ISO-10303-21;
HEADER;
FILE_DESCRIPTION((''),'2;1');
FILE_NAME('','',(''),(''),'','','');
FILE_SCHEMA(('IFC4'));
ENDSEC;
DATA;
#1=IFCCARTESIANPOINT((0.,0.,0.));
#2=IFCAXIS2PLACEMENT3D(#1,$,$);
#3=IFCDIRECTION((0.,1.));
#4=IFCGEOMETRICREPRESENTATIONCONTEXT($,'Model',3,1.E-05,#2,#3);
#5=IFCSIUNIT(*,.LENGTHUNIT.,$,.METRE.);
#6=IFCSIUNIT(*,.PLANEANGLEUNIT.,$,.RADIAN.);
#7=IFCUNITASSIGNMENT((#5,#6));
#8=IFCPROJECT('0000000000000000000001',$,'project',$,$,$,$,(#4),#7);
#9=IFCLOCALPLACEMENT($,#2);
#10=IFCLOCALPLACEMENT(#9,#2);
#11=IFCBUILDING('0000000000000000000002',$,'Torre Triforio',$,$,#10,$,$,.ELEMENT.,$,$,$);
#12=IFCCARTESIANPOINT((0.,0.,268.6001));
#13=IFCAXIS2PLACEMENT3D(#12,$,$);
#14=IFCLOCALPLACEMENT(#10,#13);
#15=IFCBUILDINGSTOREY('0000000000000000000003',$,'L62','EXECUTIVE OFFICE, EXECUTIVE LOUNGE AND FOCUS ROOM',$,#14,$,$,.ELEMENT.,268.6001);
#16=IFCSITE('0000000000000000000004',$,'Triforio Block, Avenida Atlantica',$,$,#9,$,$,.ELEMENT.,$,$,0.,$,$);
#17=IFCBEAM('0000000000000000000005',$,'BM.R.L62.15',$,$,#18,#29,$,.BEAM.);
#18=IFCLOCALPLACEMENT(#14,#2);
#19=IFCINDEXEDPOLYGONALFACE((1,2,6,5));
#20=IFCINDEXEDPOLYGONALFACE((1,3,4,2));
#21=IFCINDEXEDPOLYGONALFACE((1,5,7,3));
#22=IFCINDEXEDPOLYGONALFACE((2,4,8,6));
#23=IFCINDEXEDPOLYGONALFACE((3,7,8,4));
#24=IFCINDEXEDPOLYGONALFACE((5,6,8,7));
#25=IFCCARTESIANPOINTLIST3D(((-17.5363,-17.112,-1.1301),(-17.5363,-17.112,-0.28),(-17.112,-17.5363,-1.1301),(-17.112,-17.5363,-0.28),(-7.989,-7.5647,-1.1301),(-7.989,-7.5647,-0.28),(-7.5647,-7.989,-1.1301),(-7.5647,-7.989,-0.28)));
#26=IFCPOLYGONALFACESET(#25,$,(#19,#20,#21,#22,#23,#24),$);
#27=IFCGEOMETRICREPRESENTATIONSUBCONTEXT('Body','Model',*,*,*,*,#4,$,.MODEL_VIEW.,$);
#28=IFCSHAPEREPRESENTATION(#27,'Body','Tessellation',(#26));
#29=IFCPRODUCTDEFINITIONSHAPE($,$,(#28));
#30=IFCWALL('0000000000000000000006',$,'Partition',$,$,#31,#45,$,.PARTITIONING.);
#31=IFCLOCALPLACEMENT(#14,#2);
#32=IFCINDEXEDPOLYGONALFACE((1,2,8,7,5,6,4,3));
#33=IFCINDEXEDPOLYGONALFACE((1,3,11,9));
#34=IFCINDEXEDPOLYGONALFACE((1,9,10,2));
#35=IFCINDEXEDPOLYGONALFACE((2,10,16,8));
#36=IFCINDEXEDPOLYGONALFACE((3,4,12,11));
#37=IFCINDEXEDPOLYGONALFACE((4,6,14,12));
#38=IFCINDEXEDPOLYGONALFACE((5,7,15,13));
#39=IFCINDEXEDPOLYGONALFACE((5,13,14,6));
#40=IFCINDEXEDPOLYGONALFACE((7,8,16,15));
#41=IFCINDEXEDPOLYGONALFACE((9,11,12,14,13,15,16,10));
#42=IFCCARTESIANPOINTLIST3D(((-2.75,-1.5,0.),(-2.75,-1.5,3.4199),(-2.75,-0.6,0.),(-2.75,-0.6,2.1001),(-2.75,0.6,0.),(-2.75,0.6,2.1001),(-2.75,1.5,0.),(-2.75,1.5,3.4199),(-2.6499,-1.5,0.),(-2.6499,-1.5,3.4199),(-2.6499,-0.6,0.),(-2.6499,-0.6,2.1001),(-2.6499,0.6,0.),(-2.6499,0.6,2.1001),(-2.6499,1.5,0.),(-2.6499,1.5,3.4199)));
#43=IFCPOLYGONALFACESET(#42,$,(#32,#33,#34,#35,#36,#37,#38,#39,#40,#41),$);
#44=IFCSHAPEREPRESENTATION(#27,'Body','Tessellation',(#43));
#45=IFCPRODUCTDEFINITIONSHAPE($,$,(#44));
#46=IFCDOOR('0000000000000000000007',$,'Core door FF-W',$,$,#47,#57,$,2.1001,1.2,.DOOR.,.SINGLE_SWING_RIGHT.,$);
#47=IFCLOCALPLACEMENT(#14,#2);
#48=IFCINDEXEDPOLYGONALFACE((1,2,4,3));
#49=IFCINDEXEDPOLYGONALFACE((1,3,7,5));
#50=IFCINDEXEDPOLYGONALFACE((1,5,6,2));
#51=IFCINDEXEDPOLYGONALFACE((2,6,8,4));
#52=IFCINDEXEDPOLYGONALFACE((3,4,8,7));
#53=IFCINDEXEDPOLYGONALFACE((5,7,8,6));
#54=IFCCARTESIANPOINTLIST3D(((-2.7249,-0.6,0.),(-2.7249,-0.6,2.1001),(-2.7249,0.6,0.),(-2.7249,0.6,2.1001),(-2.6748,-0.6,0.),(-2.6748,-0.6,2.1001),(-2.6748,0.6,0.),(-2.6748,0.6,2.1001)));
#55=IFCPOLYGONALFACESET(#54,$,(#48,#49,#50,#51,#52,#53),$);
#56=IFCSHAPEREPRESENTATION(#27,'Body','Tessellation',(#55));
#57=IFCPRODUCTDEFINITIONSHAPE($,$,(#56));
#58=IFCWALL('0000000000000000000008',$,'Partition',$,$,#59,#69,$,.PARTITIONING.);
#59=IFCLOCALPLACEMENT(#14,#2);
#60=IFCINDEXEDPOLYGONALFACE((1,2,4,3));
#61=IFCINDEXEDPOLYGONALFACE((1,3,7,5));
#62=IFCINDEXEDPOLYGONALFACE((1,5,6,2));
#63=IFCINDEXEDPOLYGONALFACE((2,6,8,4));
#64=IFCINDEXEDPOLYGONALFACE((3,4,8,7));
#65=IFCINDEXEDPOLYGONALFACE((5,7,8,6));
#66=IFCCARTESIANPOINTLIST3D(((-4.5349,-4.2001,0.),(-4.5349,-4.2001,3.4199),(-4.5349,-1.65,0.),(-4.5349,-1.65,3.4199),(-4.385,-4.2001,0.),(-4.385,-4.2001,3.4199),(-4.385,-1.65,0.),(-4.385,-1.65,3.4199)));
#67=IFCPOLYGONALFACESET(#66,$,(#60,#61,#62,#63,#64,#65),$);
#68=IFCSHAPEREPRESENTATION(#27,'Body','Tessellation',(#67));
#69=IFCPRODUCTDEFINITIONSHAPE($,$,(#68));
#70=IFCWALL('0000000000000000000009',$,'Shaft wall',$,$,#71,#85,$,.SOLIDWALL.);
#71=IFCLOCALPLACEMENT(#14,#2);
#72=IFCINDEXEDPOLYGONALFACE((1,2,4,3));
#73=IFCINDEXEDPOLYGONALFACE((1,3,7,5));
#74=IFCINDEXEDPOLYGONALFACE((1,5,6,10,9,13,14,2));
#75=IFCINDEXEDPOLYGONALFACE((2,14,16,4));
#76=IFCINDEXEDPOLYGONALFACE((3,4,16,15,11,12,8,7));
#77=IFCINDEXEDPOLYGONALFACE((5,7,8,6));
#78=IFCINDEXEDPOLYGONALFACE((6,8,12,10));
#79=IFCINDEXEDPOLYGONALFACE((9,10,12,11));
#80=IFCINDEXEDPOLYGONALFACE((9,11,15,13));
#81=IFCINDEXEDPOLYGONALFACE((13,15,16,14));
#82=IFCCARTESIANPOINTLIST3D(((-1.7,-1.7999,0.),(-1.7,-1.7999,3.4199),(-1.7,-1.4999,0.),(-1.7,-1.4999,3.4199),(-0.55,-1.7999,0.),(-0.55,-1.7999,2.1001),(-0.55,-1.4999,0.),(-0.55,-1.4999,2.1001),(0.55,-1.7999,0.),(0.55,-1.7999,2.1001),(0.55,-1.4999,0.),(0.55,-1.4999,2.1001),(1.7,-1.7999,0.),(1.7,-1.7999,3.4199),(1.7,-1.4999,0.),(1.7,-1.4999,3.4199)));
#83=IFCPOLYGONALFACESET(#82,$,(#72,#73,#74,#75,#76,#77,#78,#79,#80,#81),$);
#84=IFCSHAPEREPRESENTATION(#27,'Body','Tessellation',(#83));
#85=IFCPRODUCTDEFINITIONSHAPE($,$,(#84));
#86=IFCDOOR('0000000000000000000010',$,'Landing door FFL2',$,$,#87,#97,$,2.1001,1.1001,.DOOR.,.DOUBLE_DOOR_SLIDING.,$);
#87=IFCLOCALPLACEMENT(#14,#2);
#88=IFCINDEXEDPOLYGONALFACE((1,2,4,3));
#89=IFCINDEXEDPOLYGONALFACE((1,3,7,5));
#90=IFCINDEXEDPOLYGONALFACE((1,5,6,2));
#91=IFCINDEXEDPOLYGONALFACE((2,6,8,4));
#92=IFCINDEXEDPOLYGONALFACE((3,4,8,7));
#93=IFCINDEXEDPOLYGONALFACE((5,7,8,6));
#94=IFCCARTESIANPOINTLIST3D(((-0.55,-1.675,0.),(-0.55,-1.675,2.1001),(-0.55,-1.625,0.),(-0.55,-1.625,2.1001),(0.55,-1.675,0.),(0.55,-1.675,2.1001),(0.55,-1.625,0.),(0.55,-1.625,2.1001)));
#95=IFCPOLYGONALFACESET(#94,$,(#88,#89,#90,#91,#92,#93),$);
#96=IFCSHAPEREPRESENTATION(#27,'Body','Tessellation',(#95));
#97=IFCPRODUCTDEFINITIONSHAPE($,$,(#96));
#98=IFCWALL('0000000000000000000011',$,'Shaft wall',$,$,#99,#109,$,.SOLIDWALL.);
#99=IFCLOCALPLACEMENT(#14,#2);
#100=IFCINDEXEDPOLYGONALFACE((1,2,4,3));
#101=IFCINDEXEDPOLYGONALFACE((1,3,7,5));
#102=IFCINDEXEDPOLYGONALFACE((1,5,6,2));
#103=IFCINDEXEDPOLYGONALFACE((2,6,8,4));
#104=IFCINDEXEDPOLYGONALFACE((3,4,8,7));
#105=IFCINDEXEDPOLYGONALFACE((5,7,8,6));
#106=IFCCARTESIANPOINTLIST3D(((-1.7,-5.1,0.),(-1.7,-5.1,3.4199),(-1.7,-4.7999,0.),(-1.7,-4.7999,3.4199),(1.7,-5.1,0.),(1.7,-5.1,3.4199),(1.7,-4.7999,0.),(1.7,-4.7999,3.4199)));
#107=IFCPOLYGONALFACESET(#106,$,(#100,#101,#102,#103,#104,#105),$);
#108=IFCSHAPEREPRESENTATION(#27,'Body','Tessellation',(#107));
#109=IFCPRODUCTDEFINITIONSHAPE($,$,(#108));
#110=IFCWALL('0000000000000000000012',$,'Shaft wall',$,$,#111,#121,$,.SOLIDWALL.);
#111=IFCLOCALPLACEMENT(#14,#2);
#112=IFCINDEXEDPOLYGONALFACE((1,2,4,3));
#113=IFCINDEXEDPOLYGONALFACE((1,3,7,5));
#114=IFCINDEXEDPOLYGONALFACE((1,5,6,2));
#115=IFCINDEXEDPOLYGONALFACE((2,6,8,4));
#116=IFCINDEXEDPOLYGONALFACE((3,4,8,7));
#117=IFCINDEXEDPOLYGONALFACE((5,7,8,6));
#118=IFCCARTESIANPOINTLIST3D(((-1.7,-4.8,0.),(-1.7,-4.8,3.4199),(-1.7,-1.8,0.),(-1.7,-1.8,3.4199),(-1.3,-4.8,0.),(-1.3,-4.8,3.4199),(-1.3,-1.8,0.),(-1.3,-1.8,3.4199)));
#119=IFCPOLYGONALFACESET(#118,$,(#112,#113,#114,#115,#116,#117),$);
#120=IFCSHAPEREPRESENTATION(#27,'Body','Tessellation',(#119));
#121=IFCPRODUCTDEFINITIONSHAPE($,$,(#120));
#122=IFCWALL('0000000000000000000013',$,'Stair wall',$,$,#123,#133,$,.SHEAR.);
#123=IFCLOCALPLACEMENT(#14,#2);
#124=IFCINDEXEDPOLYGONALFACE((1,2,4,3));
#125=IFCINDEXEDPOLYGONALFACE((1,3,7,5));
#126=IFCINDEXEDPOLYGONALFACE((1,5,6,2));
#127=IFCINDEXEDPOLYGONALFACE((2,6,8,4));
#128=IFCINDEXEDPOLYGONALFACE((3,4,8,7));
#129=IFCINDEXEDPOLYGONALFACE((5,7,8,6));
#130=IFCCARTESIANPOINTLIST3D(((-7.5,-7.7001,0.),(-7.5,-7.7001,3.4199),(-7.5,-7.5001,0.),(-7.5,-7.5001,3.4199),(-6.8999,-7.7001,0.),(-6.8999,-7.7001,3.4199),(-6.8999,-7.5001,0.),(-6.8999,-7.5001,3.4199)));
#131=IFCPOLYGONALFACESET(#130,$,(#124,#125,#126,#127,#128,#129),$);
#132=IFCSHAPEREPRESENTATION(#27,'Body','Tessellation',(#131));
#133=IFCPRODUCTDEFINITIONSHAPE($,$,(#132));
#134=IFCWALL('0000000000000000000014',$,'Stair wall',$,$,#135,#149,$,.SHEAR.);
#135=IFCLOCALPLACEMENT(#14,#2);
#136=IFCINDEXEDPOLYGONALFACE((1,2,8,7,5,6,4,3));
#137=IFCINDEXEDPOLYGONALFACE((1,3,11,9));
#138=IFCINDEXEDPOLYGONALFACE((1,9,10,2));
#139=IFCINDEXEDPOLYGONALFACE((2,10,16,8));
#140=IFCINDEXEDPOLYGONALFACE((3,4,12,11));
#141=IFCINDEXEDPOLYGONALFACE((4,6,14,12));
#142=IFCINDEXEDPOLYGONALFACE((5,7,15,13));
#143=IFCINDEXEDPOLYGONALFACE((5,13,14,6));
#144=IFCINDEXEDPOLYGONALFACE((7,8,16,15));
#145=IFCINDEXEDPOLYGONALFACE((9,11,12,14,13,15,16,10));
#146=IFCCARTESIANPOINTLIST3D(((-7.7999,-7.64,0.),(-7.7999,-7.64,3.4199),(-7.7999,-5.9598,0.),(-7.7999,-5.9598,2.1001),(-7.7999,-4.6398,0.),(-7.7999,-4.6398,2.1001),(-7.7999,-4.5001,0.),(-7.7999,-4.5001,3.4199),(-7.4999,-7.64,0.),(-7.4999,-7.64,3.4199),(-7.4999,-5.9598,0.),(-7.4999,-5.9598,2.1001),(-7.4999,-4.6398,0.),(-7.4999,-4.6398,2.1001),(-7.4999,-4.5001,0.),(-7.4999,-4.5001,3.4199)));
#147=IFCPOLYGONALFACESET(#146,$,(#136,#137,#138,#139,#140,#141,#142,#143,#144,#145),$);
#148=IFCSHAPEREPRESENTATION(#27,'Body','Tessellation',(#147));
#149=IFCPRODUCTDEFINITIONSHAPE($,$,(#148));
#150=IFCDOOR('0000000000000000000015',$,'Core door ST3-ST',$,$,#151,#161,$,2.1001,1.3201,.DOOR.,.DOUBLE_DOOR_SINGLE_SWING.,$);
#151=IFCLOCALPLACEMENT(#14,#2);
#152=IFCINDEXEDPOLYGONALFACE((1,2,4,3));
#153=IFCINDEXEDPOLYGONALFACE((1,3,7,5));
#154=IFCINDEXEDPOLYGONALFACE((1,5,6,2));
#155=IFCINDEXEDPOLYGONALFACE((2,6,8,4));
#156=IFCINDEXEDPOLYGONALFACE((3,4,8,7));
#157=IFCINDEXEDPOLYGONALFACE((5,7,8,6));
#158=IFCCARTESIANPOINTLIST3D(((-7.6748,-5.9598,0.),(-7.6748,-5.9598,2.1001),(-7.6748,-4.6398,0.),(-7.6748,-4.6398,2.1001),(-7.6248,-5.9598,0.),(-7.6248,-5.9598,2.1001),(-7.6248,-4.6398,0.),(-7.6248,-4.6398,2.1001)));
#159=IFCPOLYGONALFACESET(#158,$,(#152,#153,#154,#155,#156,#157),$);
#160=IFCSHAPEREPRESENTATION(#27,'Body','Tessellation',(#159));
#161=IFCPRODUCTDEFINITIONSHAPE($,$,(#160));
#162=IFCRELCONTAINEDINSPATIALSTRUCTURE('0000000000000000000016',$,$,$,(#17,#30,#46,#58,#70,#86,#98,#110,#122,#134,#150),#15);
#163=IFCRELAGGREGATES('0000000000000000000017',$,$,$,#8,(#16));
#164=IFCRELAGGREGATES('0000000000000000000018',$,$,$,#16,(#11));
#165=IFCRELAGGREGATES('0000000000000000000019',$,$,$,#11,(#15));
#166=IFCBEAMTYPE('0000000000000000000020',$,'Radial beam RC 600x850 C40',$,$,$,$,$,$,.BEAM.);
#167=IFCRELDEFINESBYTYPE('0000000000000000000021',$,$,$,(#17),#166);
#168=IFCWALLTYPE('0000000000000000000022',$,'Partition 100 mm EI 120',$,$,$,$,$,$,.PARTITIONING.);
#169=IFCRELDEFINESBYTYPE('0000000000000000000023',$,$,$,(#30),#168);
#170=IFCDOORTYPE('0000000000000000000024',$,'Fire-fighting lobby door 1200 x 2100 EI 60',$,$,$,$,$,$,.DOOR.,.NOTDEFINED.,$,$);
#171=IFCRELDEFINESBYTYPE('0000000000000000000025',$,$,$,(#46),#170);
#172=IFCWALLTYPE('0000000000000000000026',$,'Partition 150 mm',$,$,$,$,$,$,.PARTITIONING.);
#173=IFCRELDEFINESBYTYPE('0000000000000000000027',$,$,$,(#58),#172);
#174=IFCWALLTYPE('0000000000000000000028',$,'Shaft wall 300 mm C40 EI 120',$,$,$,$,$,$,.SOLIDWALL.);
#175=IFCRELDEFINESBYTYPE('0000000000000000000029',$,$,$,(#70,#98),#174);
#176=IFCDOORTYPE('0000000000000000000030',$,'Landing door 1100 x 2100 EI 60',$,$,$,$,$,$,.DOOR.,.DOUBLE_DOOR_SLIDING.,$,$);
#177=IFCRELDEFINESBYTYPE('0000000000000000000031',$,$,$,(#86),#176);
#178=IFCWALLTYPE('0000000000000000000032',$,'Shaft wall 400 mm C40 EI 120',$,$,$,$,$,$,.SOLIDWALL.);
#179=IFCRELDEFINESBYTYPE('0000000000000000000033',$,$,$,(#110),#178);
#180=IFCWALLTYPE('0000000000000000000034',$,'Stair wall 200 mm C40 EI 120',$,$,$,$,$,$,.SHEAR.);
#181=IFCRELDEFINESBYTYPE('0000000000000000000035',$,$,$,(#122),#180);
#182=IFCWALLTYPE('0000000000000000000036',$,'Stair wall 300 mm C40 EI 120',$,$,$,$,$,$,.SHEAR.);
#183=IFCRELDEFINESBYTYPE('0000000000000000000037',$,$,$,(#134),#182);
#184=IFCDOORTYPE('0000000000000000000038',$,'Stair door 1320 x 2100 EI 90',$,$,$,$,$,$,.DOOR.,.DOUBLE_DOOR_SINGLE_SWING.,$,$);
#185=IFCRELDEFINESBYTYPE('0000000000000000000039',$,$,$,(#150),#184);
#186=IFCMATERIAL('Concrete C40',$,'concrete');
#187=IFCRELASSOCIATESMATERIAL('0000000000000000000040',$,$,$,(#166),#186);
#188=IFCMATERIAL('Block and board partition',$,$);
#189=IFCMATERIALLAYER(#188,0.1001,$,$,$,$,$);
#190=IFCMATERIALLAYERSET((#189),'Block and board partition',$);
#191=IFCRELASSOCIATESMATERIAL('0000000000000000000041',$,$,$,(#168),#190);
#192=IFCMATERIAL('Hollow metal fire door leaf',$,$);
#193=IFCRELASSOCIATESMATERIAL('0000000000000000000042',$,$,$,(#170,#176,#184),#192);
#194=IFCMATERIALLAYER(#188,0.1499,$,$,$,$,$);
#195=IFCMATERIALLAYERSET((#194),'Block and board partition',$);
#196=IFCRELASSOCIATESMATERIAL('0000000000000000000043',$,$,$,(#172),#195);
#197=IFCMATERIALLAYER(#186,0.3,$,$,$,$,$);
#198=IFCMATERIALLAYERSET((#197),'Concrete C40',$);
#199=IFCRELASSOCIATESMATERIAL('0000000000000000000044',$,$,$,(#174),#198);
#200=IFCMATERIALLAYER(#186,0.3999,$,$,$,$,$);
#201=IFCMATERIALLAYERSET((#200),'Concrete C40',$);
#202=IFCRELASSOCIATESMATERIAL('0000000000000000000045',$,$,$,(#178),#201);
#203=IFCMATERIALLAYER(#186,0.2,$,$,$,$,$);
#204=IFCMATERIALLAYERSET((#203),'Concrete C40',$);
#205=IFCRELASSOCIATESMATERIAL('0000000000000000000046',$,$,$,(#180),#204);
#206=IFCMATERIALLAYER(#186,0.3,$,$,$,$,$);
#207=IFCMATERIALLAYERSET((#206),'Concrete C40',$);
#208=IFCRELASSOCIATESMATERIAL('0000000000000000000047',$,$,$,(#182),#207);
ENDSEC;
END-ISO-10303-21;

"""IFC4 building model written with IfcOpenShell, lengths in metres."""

from ifc_helpers import new_model, si_unit, direction, frame, frame_2d, origin, origin_2d, place, context, subcontext, project, spatial, rectangle, extrude, material, layer, layer_set, material_profile, profile_set, type_object, element, fill, save


model = new_model("IFC4")

# Units and contexts
model_context = context("Model", 3, precision=1e-05, world=origin(), true_north=direction((0.0, 1.0)))
body_context = subcontext(model_context, "Body", "Model", "MODEL_VIEW")
ifc_project = project(units=[si_unit("LENGTHUNIT", "METRE"), si_unit("PLANEANGLEUNIT", "RADIAN")], contexts=[model_context])

# Site, building, storey
site_placement = place(None, origin())
site = spatial("IfcSite", under=ifc_project, at=site_placement, Name="Triforio Block, Avenida Atlantica", CompositionType="ELEMENT", RefElevation=0.0)
building_placement = place(site_placement, origin())
building = spatial("IfcBuilding", under=site, at=building_placement, Name="Torre Triforio", CompositionType="ELEMENT")
storey_placement = place(building_placement, frame((0.0, 0.0, 268.6001)))
storey = spatial("IfcBuildingStorey", under=building, at=storey_placement, Name="L62", Description="EXECUTIVE OFFICE, EXECUTIVE LOUNGE AND FOCUS ROOM", CompositionType="ELEMENT", Elevation=268.6001)

# Beam
ifc_material_1 = material(Name="Concrete C40", Category="concrete")
ifc_material_profile = material_profile(ifc_material_1, rectangle(XDim=0.6001, YDim=0.8501, at=origin_2d()), Name="RC 600x850")
ifc_profile_set = profile_set([ifc_material_profile], Name="Concrete C40")
beam_type = type_object("IfcBeamType", Name="Radial beam RC 600x850 C40", PredefinedType="BEAM", material=ifc_profile_set)
beam_placement = place(storey_placement, frame((-7.7769, -7.7769, -0.7051), z_axis=(-0.707107, -0.707107, 0.0), x_axis=(0.707107, -0.707107, 0.0)))
element("IfcBeam", 1, at=beam_placement, inside=storey, type_object=beam_type, Name="BM.R.L62.15", PredefinedType="BEAM", context=body_context, shape_type="SweptSolid", body=[
    extrude(rectangle(XDim=0.6001, YDim=0.8501, at=origin_2d()), origin(), (0.0, 0.0, 1.0), 13.502),
])

# Wall, opening, door
ifc_material_2 = material(Name="Block and board partition")
ifc_layer_1 = layer(ifc_material_2, 0.1001)
ifc_layer_set_1 = layer_set([ifc_layer_1], Name="Block and board partition")
wall_type_1 = type_object("IfcWallType", Name="Partition 100 mm EI 120", PredefinedType="PARTITIONING", material=ifc_layer_set_1)
wall_1_placement = place(storey_placement, frame((-2.7, -1.5, 0.0), z_axis=(0.0, 0.0, 1.0), x_axis=(0.0, 1.0, 0.0)))
wall_1 = element("IfcWall", 2, at=wall_1_placement, inside=storey, type_object=wall_type_1, Name="Partition", PredefinedType="PARTITIONING", context=body_context, shape_type="SweptSolid", body=[
    extrude(rectangle(XDim=3.0, YDim=0.1001, at=frame_2d((1.5, 0.0))), origin(), (0.0, 0.0, 1.0), 3.4199),
])
opening_1_placement = place(wall_1_placement, frame((0.8999, 0.0, 0.0)))
opening_1 = element("IfcOpeningElement", 3, at=opening_1_placement, cuts=wall_1, PredefinedType="OPENING", context=body_context, shape_type="SweptSolid", body=[
    extrude(rectangle(XDim=1.2, YDim=2.1001, at=frame_2d((0.6001, 1.05))), frame((0.0, 0.0601, 0.0), z_axis=(0.0, -1.0, 0.0), x_axis=(1.0, 0.0, 0.0)), (0.0, 0.0, 1.0), 0.1201),
])
ifc_material_3 = material(Name="Hollow metal fire door leaf")
door_type_1 = type_object("IfcDoorType", Name="Fire-fighting lobby door 1200 x 2100 EI 60", OperationType="NOTDEFINED", PredefinedType="DOOR", material=ifc_material_3)
door_1_placement = place(opening_1_placement, origin())
door_1 = element("IfcDoor", 4, at=door_1_placement, inside=storey, type_object=door_type_1, Name="Core door FF-W", OperationType="SINGLE_SWING_RIGHT", OverallHeight=2.1001, OverallWidth=1.2, PredefinedType="DOOR", context=body_context, shape_type="SweptSolid", body=[
    extrude(rectangle(XDim=1.2, YDim=2.1001, at=frame_2d((0.6001, 1.05))), frame((0.0, 0.0249, 0.0), z_axis=(0.0, -1.0, 0.0), x_axis=(1.0, 0.0, 0.0)), (0.0, 0.0, 1.0), 0.05),
])
fill(opening_1, door_1)

# Wall
ifc_layer_2 = layer(ifc_material_2, 0.1499)
ifc_layer_set_2 = layer_set([ifc_layer_2], Name="Block and board partition")
wall_type_2 = type_object("IfcWallType", Name="Partition 150 mm", PredefinedType="PARTITIONING", material=ifc_layer_set_2)
wall_2_placement = place(storey_placement, frame((-4.46, -4.2, 0.0), z_axis=(0.0, 0.0, 1.0), x_axis=(0.0, 1.0, 0.0)))
element("IfcWall", 5, at=wall_2_placement, inside=storey, type_object=wall_type_2, Name="Partition", PredefinedType="PARTITIONING", context=body_context, shape_type="SweptSolid", body=[
    extrude(rectangle(XDim=2.55, YDim=0.1499, at=frame_2d((1.2749, 0.0))), origin(), (0.0, 0.0, 1.0), 3.4199),
])

# Wall, opening, door
ifc_layer_3 = layer(ifc_material_1, 0.3)
ifc_layer_set_3 = layer_set([ifc_layer_3], Name="Concrete C40")
wall_type_3 = type_object("IfcWallType", Name="Shaft wall 300 mm C40 EI 120", PredefinedType="SOLIDWALL", material=ifc_layer_set_3)
wall_3_placement = place(storey_placement, frame((-1.7, -1.6499, 0.0), z_axis=(0.0, 0.0, 1.0), x_axis=(1.0, 0.0, 0.0)))
wall_3 = element("IfcWall", 6, at=wall_3_placement, inside=storey, type_object=wall_type_3, Name="Shaft wall", PredefinedType="SOLIDWALL", context=body_context, shape_type="SweptSolid", body=[
    extrude(rectangle(XDim=3.3999, YDim=0.3, at=frame_2d((1.7, 0.0))), origin(), (0.0, 0.0, 1.0), 3.4199),
])
opening_2_placement = place(wall_3_placement, frame((1.1499, 0.0, 0.0)))
opening_2 = element("IfcOpeningElement", 7, at=opening_2_placement, cuts=wall_3, PredefinedType="OPENING", context=body_context, shape_type="SweptSolid", body=[
    extrude(rectangle(XDim=1.1001, YDim=2.1001, at=frame_2d((0.55, 1.05))), frame((0.0, 0.1599, 0.0), z_axis=(0.0, -1.0, 0.0), x_axis=(1.0, 0.0, 0.0)), (0.0, 0.0, 1.0), 0.3201),
])
door_type_2 = type_object("IfcDoorType", Name="Landing door 1100 x 2100 EI 60", OperationType="DOUBLE_DOOR_SLIDING", PredefinedType="DOOR", material=ifc_material_3)
door_2_placement = place(opening_2_placement, origin())
door_2 = element("IfcDoor", 8, at=door_2_placement, inside=storey, type_object=door_type_2, Name="Landing door FFL2", OperationType="DOUBLE_DOOR_SLIDING", OverallHeight=2.1001, OverallWidth=1.1001, PredefinedType="DOOR", context=body_context, shape_type="SweptSolid", body=[
    extrude(rectangle(XDim=1.1001, YDim=2.1001, at=frame_2d((0.55, 1.05))), frame((0.0, 0.0249, 0.0), z_axis=(0.0, -1.0, 0.0), x_axis=(1.0, 0.0, 0.0)), (0.0, 0.0, 1.0), 0.05),
])
fill(opening_2, door_2)

# Walls
wall_4_placement = place(storey_placement, frame((-1.7, -4.95, 0.0), z_axis=(0.0, 0.0, 1.0), x_axis=(1.0, 0.0, 0.0)))
element("IfcWall", 9, at=wall_4_placement, inside=storey, type_object=wall_type_3, Name="Shaft wall", PredefinedType="SOLIDWALL", context=body_context, shape_type="SweptSolid", body=[
    extrude(rectangle(XDim=3.3999, YDim=0.3, at=frame_2d((1.7, 0.0))), origin(), (0.0, 0.0, 1.0), 3.4199),
])
ifc_layer_4 = layer(ifc_material_1, 0.3999)
ifc_layer_set_4 = layer_set([ifc_layer_4], Name="Concrete C40")
wall_type_4 = type_object("IfcWallType", Name="Shaft wall 400 mm C40 EI 120", PredefinedType="SOLIDWALL", material=ifc_layer_set_4)
wall_5_placement = place(storey_placement, frame((-1.5, -4.8, 0.0), z_axis=(0.0, 0.0, 1.0), x_axis=(0.0, 1.0, 0.0)))
element("IfcWall", 10, at=wall_5_placement, inside=storey, type_object=wall_type_4, Name="Shaft wall", PredefinedType="SOLIDWALL", context=body_context, shape_type="SweptSolid", body=[
    extrude(rectangle(XDim=3.0, YDim=0.3999, at=frame_2d((1.5, 0.0))), origin(), (0.0, 0.0, 1.0), 3.4199),
])
ifc_layer_5 = layer(ifc_material_1, 0.2)
ifc_layer_set_5 = layer_set([ifc_layer_5], Name="Concrete C40")
wall_type_5 = type_object("IfcWallType", Name="Stair wall 200 mm C40 EI 120", PredefinedType="SHEAR", material=ifc_layer_set_5)
wall_6_placement = place(storey_placement, frame((-7.5, -7.6001, 0.0), z_axis=(0.0, 0.0, 1.0), x_axis=(1.0, 0.0, 0.0)))
element("IfcWall", 11, at=wall_6_placement, inside=storey, type_object=wall_type_5, Name="Stair wall", PredefinedType="SHEAR", context=body_context, shape_type="SweptSolid", body=[
    extrude(rectangle(XDim=0.6001, YDim=0.2, at=frame_2d((0.3, 0.0))), origin(), (0.0, 0.0, 1.0), 3.4199),
])

# Wall, opening, door
ifc_layer_6 = layer(ifc_material_1, 0.3)
ifc_layer_set_6 = layer_set([ifc_layer_6], Name="Concrete C40")
wall_type_6 = type_object("IfcWallType", Name="Stair wall 300 mm C40 EI 120", PredefinedType="SHEAR", material=ifc_layer_set_6)
wall_7_placement = place(storey_placement, frame((-7.6499, -7.6399, 0.0), z_axis=(0.0, 0.0, 1.0), x_axis=(0.0, 1.0, 0.0)))
wall_7 = element("IfcWall", 12, at=wall_7_placement, inside=storey, type_object=wall_type_6, Name="Stair wall", PredefinedType="SHEAR", context=body_context, shape_type="SweptSolid", body=[
    extrude(rectangle(XDim=3.1399, YDim=0.3, at=frame_2d((1.5698, 0.0))), origin(), (0.0, 0.0, 1.0), 3.4199),
])
opening_3_placement = place(wall_7_placement, frame((1.6799, 0.0, 0.0)))
opening_3 = element("IfcOpeningElement", 13, at=opening_3_placement, cuts=wall_7, PredefinedType="OPENING", context=body_context, shape_type="SweptSolid", body=[
    extrude(rectangle(XDim=1.3201, YDim=2.1001, at=frame_2d((0.6602, 1.05))), frame((0.0, 0.1599, 0.0), z_axis=(0.0, -1.0, 0.0), x_axis=(1.0, 0.0, 0.0)), (0.0, 0.0, 1.0), 0.3201),
])
door_type_3 = type_object("IfcDoorType", Name="Stair door 1320 x 2100 EI 90", OperationType="DOUBLE_DOOR_SINGLE_SWING", PredefinedType="DOOR", material=ifc_material_3)
door_3_placement = place(opening_3_placement, origin())
door_3 = element("IfcDoor", 14, at=door_3_placement, inside=storey, type_object=door_type_3, Name="Core door ST3-ST", OperationType="DOUBLE_DOOR_SINGLE_SWING", OverallHeight=2.1001, OverallWidth=1.3201, PredefinedType="DOOR", context=body_context, shape_type="SweptSolid", body=[
    extrude(rectangle(XDim=1.3201, YDim=2.1001, at=frame_2d((0.6602, 1.05))), frame((0.0, 0.0249, 0.0), z_axis=(0.0, -1.0, 0.0), x_axis=(1.0, 0.0, 0.0)), (0.0, 0.0, 1.0), 0.05),
])
fill(opening_3, door_3)

save(model, "model.ifc")
